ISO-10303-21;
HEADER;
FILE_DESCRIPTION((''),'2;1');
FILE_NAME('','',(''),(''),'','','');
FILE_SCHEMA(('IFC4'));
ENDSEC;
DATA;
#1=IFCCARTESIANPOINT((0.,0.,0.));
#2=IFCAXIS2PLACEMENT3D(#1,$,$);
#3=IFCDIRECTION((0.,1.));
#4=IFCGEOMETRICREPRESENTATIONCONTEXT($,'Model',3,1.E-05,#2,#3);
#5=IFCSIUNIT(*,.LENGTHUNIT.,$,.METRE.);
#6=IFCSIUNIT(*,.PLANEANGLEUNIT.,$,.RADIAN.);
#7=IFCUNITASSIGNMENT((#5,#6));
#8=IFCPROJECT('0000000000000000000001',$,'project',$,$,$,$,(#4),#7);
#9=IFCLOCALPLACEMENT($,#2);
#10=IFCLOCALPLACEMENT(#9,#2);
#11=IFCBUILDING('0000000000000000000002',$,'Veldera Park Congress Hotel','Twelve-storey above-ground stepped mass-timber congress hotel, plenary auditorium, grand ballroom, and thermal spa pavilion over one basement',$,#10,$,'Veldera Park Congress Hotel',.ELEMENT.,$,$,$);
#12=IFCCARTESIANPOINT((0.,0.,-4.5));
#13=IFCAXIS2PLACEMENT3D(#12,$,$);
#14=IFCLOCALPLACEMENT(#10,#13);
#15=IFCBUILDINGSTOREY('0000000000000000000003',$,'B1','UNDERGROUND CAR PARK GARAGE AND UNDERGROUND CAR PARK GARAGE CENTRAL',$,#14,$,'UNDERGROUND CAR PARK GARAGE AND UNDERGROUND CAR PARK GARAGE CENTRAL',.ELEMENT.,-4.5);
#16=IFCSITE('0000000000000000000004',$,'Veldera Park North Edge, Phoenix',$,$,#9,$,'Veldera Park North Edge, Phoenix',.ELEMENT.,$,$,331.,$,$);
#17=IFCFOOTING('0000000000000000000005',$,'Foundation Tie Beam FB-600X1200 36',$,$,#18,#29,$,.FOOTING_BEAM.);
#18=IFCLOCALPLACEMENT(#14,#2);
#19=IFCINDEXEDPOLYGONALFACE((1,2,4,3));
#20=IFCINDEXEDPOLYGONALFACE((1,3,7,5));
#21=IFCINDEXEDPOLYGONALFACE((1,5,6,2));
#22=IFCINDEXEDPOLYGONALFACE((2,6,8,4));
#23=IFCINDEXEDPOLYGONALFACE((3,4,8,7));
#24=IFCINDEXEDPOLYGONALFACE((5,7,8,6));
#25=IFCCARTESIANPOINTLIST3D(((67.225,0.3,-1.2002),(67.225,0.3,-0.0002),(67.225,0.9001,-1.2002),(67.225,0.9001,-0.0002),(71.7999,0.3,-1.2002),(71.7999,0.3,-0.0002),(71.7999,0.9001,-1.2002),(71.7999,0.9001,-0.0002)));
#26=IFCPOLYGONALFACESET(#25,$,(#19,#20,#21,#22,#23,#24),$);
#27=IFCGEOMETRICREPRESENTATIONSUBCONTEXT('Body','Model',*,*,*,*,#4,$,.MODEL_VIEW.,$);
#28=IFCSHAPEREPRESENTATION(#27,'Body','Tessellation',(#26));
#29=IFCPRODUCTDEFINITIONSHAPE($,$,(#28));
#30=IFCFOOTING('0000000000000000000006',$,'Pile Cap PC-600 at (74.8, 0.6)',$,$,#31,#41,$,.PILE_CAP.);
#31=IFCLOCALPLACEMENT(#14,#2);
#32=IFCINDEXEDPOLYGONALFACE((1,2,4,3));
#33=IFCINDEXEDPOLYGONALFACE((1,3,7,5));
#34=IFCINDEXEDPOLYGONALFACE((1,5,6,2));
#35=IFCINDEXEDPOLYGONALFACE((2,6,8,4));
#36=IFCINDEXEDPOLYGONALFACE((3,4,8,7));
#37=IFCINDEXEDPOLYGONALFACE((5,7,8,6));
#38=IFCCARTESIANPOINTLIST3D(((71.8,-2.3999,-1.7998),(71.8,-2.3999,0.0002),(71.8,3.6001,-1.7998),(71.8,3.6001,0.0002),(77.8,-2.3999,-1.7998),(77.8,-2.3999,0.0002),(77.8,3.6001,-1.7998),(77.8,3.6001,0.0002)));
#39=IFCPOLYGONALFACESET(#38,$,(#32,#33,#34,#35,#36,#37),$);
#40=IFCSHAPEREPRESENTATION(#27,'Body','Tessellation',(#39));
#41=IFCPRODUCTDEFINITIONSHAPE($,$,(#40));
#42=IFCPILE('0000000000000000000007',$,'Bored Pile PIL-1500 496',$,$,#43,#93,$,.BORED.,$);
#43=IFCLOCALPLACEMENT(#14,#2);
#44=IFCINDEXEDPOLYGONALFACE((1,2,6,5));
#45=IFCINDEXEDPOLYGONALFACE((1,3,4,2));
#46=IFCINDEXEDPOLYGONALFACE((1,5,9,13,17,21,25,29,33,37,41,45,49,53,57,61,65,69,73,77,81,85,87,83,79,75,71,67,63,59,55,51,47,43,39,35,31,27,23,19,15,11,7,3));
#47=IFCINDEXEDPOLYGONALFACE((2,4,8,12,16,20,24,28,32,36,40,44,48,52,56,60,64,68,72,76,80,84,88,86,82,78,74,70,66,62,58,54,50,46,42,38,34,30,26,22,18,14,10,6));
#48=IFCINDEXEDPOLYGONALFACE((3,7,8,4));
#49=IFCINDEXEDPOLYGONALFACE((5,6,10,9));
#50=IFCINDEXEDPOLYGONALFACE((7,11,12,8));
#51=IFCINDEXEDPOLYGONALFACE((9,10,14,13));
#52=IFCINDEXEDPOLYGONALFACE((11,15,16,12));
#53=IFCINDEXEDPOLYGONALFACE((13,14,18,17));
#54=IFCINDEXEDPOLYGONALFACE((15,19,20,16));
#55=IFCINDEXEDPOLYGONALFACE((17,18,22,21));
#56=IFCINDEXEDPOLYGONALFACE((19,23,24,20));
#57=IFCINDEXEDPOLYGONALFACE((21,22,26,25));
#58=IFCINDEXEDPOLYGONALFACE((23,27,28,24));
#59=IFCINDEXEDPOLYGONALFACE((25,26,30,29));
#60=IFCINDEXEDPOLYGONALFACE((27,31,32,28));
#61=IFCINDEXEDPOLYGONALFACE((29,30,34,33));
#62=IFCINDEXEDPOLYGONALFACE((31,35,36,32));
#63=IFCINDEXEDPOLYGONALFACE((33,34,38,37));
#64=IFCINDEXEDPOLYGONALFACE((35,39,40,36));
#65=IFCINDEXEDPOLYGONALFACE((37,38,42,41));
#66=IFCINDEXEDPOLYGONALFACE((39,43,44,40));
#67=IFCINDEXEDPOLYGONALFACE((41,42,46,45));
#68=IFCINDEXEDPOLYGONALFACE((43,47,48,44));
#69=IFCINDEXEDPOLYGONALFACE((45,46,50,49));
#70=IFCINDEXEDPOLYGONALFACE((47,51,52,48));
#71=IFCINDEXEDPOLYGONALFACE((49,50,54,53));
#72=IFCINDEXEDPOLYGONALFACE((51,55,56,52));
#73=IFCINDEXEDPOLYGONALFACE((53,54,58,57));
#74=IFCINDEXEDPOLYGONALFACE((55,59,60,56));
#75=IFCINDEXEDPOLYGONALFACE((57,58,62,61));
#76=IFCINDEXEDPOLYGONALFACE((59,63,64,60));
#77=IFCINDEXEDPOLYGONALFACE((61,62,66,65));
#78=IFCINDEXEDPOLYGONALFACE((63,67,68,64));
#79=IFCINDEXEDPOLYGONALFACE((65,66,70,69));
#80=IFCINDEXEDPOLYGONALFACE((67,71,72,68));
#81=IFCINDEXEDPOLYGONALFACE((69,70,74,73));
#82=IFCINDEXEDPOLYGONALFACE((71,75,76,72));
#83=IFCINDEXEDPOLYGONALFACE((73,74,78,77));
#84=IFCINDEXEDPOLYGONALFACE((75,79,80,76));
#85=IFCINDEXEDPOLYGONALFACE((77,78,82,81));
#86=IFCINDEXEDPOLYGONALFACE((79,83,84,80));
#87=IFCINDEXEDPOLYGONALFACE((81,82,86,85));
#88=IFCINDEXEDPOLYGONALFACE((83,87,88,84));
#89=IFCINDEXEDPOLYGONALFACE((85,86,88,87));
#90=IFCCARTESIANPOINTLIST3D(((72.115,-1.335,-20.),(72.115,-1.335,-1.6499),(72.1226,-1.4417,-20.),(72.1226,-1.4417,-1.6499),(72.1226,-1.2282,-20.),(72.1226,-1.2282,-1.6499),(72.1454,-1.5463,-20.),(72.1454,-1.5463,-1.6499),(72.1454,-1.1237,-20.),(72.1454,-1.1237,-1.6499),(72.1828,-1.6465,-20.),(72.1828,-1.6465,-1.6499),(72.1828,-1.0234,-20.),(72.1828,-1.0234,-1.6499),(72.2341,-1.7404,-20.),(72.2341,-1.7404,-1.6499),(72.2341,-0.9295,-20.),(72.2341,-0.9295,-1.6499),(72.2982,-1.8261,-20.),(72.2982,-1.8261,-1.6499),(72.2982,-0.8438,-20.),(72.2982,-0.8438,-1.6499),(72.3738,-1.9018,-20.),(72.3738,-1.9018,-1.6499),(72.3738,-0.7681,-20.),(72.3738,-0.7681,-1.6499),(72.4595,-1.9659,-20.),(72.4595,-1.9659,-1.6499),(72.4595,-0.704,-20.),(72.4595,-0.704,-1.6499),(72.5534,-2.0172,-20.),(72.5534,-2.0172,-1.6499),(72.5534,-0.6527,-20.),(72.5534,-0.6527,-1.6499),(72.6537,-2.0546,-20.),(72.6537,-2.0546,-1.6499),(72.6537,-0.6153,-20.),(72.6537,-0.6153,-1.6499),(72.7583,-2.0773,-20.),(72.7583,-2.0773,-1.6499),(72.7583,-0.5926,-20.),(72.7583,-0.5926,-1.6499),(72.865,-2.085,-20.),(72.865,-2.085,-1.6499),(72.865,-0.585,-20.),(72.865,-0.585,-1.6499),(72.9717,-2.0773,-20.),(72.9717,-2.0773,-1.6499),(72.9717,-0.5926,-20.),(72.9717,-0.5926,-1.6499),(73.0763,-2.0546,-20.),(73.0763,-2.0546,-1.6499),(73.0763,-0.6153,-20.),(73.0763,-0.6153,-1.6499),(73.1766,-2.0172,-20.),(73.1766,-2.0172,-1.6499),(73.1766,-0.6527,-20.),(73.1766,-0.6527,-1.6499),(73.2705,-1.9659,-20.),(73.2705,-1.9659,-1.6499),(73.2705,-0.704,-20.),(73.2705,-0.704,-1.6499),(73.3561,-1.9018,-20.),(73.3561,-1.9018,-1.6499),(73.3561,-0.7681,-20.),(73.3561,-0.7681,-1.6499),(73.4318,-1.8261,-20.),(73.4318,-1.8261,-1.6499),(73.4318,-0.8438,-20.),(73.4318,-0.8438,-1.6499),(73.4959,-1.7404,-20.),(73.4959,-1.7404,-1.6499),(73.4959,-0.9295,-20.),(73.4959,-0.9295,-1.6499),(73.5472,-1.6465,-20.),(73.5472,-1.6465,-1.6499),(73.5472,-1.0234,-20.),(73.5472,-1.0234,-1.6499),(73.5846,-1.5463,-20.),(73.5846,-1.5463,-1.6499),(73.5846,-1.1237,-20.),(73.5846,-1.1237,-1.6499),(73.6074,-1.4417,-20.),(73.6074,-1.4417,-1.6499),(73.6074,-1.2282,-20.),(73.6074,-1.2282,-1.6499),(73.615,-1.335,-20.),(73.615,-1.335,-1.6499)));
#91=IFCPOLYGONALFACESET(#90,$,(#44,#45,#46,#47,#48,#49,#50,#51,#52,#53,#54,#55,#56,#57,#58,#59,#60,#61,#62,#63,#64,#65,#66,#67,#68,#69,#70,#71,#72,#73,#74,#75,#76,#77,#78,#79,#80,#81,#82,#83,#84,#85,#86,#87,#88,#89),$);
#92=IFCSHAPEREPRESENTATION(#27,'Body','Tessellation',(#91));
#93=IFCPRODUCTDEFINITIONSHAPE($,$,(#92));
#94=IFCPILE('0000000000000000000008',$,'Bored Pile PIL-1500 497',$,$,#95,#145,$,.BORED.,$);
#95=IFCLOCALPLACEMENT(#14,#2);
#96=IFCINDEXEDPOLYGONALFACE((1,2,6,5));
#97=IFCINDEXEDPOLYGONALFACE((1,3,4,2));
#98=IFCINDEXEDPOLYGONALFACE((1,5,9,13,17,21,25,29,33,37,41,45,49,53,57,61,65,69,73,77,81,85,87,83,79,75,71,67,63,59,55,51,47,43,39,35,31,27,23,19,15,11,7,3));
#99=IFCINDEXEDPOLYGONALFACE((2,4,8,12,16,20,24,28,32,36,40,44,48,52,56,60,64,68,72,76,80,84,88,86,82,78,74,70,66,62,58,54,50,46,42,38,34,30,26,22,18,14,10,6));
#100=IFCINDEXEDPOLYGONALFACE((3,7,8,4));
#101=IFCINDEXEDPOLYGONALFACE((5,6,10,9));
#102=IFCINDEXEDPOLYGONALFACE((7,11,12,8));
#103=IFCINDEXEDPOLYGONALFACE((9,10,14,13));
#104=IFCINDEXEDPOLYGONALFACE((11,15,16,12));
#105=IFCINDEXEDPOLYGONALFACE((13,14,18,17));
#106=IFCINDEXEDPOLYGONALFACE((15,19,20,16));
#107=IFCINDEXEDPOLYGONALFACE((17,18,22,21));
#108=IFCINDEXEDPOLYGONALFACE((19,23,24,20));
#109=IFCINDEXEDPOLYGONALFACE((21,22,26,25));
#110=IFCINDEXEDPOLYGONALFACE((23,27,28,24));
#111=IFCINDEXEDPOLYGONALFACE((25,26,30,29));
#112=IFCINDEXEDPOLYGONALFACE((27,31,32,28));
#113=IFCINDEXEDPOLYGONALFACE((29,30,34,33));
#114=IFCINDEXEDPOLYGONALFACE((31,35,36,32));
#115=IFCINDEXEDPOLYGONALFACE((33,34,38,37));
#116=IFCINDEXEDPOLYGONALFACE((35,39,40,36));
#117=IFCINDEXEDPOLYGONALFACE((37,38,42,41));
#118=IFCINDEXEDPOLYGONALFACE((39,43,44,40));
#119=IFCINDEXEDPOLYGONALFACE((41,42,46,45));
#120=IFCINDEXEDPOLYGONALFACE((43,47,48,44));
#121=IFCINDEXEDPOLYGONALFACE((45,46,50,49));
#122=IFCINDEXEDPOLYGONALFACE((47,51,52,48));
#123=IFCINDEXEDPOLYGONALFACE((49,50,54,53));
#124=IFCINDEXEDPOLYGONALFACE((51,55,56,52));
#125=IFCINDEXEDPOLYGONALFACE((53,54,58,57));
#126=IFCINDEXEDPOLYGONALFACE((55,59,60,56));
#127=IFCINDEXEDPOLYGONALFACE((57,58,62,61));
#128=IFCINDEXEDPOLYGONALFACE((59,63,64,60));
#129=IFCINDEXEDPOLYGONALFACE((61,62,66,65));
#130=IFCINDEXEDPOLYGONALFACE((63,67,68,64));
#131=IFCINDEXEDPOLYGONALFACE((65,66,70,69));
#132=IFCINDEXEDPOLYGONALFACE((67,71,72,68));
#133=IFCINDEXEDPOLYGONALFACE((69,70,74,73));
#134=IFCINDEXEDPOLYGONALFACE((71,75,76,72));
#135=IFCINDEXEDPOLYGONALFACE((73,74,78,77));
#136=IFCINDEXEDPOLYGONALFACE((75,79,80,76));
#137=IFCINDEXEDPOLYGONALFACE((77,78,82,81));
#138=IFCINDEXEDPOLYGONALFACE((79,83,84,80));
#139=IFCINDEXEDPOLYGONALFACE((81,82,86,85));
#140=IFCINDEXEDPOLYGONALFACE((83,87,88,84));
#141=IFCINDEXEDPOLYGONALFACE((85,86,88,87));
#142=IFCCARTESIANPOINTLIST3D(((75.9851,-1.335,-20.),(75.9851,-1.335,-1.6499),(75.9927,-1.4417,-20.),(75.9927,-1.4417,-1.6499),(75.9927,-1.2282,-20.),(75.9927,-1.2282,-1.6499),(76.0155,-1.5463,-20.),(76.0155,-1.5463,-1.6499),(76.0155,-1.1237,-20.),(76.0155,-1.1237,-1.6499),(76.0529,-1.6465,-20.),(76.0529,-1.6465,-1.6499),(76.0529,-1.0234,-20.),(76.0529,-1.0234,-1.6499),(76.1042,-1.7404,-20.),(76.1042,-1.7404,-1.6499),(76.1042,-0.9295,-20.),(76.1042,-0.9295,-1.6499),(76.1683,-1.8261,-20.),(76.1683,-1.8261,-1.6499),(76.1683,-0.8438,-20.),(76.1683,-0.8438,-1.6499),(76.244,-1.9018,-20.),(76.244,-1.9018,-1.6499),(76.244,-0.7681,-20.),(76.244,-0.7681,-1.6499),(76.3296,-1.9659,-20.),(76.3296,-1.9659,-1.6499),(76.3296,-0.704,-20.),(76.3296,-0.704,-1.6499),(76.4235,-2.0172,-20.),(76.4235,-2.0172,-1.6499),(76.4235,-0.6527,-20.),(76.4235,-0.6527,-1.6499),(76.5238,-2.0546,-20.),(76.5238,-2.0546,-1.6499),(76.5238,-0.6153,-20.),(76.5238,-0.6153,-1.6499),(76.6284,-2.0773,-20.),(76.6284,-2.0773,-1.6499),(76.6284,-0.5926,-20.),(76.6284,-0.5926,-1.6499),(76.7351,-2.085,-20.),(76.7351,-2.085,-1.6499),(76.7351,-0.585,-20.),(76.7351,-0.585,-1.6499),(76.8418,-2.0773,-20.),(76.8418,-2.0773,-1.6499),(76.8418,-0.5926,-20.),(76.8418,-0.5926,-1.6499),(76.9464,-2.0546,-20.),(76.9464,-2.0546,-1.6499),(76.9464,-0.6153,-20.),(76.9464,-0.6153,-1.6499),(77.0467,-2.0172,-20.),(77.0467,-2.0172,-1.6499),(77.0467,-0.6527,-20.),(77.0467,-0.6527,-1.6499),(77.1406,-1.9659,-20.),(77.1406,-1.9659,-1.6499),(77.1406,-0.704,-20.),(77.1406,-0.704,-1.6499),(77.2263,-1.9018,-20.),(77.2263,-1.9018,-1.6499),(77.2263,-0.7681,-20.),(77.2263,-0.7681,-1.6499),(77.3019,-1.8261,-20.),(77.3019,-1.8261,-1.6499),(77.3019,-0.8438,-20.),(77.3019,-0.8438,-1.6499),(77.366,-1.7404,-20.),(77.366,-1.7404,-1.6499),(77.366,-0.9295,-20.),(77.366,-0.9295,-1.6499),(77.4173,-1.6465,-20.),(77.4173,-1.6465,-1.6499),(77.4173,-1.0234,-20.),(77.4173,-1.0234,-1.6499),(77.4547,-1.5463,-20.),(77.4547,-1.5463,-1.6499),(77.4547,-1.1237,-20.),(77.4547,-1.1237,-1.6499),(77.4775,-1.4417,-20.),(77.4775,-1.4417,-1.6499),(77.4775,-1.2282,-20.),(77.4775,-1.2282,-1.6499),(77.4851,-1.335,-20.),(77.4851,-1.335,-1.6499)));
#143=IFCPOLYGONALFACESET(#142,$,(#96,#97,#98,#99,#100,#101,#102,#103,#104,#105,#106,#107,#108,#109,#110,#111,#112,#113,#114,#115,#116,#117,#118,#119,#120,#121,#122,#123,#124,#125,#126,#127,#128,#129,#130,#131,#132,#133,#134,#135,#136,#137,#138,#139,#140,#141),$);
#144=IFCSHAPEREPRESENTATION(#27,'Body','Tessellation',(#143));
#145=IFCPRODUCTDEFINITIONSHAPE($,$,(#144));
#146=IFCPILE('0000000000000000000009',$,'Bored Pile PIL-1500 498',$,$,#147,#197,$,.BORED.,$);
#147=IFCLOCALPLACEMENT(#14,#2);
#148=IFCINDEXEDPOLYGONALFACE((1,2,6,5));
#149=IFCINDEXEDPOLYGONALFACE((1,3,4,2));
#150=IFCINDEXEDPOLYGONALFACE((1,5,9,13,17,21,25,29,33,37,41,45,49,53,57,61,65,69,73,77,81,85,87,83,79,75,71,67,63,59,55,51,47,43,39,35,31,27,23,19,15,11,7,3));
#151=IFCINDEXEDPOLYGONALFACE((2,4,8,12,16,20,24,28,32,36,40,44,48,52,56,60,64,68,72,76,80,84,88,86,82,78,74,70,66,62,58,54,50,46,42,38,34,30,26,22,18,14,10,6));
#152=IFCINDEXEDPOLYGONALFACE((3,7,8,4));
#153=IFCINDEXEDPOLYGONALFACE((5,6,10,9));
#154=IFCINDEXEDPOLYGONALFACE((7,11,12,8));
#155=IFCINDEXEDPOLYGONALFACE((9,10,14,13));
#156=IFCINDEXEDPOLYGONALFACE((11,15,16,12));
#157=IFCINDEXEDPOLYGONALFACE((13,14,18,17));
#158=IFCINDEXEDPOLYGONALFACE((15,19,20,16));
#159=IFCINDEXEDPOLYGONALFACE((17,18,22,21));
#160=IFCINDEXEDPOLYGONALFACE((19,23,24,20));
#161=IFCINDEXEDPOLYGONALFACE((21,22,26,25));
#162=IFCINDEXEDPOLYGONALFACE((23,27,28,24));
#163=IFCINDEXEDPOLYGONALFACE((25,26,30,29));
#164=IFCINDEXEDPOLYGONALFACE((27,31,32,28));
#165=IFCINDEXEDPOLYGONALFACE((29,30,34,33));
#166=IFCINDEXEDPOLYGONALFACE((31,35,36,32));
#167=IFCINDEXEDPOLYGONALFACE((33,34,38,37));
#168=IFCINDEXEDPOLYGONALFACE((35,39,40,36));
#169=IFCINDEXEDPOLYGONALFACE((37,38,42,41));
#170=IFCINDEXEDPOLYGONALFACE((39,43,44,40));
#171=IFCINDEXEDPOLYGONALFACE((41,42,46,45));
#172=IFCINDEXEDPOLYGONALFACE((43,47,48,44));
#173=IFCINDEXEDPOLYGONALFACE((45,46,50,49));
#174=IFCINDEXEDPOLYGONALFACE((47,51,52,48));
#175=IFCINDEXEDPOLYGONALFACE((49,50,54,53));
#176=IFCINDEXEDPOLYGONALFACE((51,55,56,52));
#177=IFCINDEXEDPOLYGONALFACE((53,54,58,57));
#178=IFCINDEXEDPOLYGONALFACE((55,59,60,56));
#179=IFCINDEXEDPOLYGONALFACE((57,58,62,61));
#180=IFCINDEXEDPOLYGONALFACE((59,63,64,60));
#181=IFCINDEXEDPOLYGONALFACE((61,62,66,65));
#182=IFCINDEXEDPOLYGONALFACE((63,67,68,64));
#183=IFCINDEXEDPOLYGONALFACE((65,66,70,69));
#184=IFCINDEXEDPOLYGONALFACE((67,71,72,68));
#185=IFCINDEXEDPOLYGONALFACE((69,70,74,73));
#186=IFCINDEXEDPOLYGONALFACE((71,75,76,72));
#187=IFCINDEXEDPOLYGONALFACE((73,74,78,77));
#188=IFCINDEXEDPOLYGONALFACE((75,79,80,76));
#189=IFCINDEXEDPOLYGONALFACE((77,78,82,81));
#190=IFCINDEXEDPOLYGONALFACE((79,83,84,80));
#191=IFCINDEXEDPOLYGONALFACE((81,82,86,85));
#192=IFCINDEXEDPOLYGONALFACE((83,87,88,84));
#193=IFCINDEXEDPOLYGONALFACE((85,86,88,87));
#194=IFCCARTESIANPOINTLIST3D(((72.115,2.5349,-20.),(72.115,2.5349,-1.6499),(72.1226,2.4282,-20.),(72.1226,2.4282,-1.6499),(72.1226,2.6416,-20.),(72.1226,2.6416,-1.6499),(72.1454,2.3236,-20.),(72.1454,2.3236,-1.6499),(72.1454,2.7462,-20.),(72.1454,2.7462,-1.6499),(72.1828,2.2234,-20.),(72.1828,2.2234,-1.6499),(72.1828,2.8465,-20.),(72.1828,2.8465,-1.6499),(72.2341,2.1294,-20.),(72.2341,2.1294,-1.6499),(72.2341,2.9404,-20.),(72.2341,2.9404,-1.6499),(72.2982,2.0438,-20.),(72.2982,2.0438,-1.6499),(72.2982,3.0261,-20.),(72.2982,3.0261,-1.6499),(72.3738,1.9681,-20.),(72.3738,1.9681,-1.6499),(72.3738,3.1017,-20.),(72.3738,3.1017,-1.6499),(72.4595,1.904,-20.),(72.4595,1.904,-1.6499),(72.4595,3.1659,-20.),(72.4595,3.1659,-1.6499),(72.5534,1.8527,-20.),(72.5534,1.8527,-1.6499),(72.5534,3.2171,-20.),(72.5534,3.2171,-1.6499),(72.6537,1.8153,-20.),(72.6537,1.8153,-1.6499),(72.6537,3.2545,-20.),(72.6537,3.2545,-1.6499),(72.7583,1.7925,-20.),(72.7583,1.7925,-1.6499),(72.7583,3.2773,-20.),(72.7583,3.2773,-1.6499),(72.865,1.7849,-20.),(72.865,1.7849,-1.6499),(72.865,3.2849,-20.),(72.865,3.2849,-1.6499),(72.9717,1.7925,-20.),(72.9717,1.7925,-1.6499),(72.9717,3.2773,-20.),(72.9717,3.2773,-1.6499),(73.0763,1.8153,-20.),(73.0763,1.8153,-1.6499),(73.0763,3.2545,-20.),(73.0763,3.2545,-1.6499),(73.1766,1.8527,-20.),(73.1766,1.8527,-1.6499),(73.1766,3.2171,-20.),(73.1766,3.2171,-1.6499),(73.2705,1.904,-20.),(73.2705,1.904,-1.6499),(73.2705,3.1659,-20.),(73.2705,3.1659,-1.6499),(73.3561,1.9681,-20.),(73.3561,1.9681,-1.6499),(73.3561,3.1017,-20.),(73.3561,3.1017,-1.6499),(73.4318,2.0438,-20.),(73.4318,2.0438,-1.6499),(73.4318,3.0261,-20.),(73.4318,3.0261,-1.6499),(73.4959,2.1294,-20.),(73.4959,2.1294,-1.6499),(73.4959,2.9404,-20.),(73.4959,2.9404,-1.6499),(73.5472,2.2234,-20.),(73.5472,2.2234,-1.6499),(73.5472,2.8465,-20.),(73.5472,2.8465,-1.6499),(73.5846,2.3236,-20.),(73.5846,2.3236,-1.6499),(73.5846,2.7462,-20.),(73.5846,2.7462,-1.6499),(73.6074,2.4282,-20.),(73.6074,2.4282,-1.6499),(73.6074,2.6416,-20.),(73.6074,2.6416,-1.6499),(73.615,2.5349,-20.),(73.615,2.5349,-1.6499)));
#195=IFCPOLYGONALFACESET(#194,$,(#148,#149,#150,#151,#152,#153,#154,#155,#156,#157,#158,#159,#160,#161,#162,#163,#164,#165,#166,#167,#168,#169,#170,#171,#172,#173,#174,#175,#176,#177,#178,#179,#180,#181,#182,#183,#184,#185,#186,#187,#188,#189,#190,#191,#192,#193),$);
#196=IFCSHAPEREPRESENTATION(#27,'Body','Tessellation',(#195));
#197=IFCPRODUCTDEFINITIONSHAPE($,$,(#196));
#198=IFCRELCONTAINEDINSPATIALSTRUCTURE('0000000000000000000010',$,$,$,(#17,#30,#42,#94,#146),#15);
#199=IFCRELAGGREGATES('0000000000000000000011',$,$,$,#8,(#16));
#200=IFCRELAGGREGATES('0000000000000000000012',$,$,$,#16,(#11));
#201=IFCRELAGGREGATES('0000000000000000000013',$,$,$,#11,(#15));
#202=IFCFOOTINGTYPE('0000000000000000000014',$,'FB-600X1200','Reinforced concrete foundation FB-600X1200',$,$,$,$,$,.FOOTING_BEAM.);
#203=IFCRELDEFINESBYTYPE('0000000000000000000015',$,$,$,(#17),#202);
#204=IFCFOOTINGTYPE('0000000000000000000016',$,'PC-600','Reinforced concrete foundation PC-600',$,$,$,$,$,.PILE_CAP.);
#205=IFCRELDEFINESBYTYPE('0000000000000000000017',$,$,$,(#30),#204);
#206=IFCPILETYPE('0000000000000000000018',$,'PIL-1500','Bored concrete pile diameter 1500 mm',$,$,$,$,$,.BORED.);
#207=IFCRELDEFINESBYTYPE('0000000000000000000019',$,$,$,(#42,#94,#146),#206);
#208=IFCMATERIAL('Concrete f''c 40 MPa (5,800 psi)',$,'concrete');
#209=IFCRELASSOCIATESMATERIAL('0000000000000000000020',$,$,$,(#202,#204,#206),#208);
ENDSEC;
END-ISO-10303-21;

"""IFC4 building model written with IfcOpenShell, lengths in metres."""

from ifc_helpers import new_model, si_unit, direction, frame, origin, origin_2d, place, context, subcontext, project, spatial, rectangle, circle, extrude, material, material_profile, profile_set, type_object, element, save


model = new_model("IFC4")

# Units and contexts
model_context = context("Model", 3, precision=1e-05, world=origin(), true_north=direction((0.0, 1.0)))
body_context = subcontext(model_context, "Body", "Model", "MODEL_VIEW")
ifc_project = project(units=[si_unit("LENGTHUNIT", "METRE"), si_unit("PLANEANGLEUNIT", "RADIAN")], contexts=[model_context])

# Site, building, storey
site_placement = place(None, origin())
site = spatial("IfcSite", under=ifc_project, at=site_placement, Name="Veldera Park North Edge, Phoenix", LongName="Veldera Park North Edge, Phoenix", CompositionType="ELEMENT", RefElevation=331.0)
building_placement = place(site_placement, origin())
building = spatial("IfcBuilding", under=site, at=building_placement, Name="Veldera Park Congress Hotel", Description="Twelve-storey above-ground stepped mass-timber congress hotel, plenary auditorium, grand ballroom, and thermal spa pavilion over one basement", LongName="Veldera Park Congress Hotel", CompositionType="ELEMENT")
storey_placement = place(building_placement, frame((0.0, 0.0, -4.5)))
storey = spatial("IfcBuildingStorey", under=building, at=storey_placement, Name="B1", Description="UNDERGROUND CAR PARK GARAGE AND UNDERGROUND CAR PARK GARAGE CENTRAL", LongName="UNDERGROUND CAR PARK GARAGE AND UNDERGROUND CAR PARK GARAGE CENTRAL", CompositionType="ELEMENT", Elevation=-4.5)

# Footings
ifc_material_1 = material(Name="Concrete f'c 40 MPa (5,800 psi)", Category="concrete")
footing_type_1 = type_object("IfcFootingType", Name="FB-600X1200", Description="Reinforced concrete foundation FB-600X1200", PredefinedType="FOOTING_BEAM", material=ifc_material_1)
footing_1_placement = place(storey_placement, frame((69.5125, 0.6001, -1.2002), z_axis=(0.0, 0.0, 1.0), x_axis=(1.0, 0.0, 0.0)))
element("IfcFooting", 1, at=footing_1_placement, inside=storey, type_object=footing_type_1, Name="Foundation Tie Beam FB-600X1200 36", PredefinedType="FOOTING_BEAM", context=body_context, shape_type="SweptSolid", body=[
    extrude(rectangle(XDim=4.575, YDim=0.6001, at=origin_2d()), origin(), (0.0, 0.0, 1.0), 1.2),
])
footing_type_2 = type_object("IfcFootingType", Name="PC-600", Description="Reinforced concrete foundation PC-600", PredefinedType="PILE_CAP", material=ifc_material_1)
footing_2_placement = place(storey_placement, frame((74.8, 0.6001, -1.7998), z_axis=(0.0, 0.0, 1.0), x_axis=(1.0, 0.0, 0.0)))
element("IfcFooting", 2, at=footing_2_placement, inside=storey, type_object=footing_type_2, Name="Pile Cap PC-600 at (74.8, 0.6)", PredefinedType="PILE_CAP", context=body_context, shape_type="SweptSolid", body=[
    extrude(rectangle(XDim=6.0, YDim=6.0, at=origin_2d()), origin(), (0.0, 0.0, 1.0), 1.8),
])

# Piles
ifc_material_profile_1 = material_profile(ifc_material_1, circle(Radius=0.75, at=origin_2d()), Name="PILE D1500")
ifc_profile_set_1 = profile_set([ifc_material_profile_1], Name="Concrete f'c 40 MPa (5,800 psi)")
pile_type = type_object("IfcPileType", Name="PIL-1500", Description="Bored concrete pile diameter 1500 mm", PredefinedType="BORED", material=ifc_profile_set_1)
for number, where, z_axis, x_axis, name in (
    (3, (72.865, -1.335, -1.6499), (0.0, 0.0, -1.0), (1.0, 0.0, 0.0), "Bored Pile PIL-1500 496"),
    (4, (76.7351, -1.335, -1.6499), (0.0, 0.0, -1.0), (1.0, 0.0, 0.0), "Bored Pile PIL-1500 497"),
    (5, (72.865, 2.5349, -1.6499), (0.0, 0.0, -1.0), (1.0, 0.0, 0.0), "Bored Pile PIL-1500 498"),
):
    element("IfcPile", number, at=place(storey_placement, frame(where, z_axis=z_axis, x_axis=x_axis)), inside=storey, type_object=pile_type, Name=name, PredefinedType="BORED", context=body_context, shape_type="SweptSolid", body=[
        extrude(circle(Radius=0.75, at=origin_2d()), origin(), (0.0, 0.0, 1.0), 18.3501),
    ])

save(model, "model.ifc")
